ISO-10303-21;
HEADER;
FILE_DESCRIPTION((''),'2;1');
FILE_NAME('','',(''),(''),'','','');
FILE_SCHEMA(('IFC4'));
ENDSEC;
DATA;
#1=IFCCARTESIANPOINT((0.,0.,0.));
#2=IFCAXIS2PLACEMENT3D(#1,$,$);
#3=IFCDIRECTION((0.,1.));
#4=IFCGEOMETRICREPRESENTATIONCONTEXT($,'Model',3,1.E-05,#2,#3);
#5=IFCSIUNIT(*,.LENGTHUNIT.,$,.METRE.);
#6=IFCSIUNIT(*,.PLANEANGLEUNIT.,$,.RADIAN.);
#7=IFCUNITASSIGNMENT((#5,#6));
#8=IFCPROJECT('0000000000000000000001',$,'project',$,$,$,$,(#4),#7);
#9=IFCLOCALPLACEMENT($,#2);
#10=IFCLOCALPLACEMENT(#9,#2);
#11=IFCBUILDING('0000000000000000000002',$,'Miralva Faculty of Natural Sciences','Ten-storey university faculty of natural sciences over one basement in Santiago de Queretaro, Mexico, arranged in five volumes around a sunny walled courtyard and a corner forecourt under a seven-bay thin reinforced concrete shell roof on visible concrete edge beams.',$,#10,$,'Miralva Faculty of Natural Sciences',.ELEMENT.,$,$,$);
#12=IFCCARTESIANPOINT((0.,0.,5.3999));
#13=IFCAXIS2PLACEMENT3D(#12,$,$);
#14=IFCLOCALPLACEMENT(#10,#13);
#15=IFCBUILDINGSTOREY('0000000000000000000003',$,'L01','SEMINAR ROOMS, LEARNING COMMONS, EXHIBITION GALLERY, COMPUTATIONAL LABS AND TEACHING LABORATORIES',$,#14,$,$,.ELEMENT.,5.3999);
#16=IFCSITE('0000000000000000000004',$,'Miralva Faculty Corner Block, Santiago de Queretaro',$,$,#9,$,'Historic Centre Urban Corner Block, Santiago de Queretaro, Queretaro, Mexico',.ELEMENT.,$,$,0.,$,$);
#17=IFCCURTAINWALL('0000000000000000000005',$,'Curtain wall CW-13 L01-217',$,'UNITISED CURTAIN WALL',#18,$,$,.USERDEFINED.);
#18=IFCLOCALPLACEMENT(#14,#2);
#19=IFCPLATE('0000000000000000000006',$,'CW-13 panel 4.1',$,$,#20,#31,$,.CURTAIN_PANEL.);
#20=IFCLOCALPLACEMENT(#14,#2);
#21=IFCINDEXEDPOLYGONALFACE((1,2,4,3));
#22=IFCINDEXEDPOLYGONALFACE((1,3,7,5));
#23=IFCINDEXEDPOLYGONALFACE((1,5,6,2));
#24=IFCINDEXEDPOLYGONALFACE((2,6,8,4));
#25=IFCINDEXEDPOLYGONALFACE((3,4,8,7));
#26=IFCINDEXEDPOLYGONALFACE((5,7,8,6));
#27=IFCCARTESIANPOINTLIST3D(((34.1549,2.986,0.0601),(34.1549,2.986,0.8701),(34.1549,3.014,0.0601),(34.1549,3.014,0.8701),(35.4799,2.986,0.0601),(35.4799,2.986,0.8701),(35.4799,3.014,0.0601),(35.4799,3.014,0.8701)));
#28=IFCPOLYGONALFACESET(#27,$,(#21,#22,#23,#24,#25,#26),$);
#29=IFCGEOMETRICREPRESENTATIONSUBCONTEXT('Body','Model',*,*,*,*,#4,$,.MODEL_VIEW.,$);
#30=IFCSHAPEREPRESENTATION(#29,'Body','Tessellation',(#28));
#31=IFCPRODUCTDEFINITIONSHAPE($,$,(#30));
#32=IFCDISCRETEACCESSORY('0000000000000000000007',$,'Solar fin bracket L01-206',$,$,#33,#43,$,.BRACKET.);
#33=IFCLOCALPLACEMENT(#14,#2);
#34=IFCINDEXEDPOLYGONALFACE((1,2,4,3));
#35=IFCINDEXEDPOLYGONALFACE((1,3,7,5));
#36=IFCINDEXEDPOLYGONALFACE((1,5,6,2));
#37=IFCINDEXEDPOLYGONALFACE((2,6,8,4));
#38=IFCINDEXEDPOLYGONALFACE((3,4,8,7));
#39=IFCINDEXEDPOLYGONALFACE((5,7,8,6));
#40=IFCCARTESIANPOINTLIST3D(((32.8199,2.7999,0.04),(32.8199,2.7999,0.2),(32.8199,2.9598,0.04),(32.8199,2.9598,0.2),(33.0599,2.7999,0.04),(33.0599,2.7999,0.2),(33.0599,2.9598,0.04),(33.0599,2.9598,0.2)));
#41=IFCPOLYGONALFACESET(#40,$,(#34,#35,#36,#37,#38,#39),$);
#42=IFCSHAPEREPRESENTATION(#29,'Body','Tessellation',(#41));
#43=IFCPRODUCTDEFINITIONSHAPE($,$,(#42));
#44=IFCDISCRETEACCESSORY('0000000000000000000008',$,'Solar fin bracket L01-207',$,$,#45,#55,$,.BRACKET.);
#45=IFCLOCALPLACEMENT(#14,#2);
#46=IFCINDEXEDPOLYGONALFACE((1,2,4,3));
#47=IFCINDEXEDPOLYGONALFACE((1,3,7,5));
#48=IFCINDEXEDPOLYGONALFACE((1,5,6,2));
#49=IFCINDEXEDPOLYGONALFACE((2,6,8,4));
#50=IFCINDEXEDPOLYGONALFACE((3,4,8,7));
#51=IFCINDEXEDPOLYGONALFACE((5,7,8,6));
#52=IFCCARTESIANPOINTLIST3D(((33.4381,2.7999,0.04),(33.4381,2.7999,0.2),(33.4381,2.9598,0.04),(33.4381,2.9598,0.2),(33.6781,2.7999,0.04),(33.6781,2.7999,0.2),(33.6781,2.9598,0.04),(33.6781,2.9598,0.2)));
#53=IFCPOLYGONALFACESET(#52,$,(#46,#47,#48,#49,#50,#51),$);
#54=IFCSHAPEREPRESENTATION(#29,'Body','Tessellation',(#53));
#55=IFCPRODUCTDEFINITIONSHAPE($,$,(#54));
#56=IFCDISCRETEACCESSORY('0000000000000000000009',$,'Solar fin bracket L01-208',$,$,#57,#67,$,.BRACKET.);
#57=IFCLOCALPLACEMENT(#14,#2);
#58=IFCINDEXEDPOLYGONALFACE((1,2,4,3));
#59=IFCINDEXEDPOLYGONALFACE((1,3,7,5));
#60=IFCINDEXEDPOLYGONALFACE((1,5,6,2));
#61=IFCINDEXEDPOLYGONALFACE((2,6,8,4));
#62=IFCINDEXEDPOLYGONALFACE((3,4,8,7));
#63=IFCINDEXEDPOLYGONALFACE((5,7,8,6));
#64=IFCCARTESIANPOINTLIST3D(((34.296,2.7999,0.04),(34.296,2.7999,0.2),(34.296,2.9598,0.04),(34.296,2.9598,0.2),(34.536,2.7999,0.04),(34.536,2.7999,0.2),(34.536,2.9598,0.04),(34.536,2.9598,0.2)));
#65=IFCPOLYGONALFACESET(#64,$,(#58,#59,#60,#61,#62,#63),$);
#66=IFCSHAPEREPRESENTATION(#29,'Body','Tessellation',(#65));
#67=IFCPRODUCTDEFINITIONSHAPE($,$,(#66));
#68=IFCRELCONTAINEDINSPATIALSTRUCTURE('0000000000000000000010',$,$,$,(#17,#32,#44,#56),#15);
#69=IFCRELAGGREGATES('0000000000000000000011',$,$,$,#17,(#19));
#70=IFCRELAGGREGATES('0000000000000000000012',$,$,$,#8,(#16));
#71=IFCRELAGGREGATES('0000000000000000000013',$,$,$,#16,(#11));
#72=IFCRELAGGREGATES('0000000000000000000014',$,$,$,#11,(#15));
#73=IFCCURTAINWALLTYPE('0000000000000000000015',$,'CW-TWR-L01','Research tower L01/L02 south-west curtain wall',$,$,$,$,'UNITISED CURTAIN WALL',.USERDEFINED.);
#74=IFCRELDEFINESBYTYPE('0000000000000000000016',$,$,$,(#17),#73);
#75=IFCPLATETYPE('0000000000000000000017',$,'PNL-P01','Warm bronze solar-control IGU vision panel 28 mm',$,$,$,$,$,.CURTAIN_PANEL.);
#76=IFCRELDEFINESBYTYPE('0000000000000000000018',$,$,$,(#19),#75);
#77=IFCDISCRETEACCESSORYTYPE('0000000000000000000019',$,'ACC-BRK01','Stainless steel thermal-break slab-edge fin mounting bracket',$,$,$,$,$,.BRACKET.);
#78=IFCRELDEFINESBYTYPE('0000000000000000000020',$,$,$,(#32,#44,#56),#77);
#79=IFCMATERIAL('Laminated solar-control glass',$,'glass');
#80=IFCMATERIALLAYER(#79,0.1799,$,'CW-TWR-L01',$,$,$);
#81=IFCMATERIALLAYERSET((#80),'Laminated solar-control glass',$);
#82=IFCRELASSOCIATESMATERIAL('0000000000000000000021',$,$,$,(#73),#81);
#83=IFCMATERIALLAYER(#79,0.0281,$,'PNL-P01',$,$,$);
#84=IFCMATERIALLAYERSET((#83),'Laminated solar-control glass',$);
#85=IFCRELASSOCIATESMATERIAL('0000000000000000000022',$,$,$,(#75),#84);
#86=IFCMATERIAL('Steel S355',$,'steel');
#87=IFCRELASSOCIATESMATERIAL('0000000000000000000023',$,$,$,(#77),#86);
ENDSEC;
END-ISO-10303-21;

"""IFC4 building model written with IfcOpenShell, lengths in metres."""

from ifc_helpers import new_model, si_unit, direction, frame, origin, origin_2d, place, context, subcontext, project, spatial, rectangle, extrude, material, layer, layer_set, type_object, element, aggregate, save


model = new_model("IFC4")

# Units and contexts
model_context = context("Model", 3, precision=1e-05, world=origin(), true_north=direction((0.0, 1.0)))
body_context = subcontext(model_context, "Body", "Model", "MODEL_VIEW")
ifc_project = project(units=[si_unit("LENGTHUNIT", "METRE"), si_unit("PLANEANGLEUNIT", "RADIAN")], contexts=[model_context])

# Site, building, storey
site_placement = place(None, origin())
site = spatial("IfcSite", under=ifc_project, at=site_placement, Name="Miralva Faculty Corner Block, Santiago de Queretaro", LongName="Historic Centre Urban Corner Block, Santiago de Queretaro, Queretaro, Mexico", CompositionType="ELEMENT", RefElevation=0.0)
building_placement = place(site_placement, origin())
building = spatial("IfcBuilding", under=site, at=building_placement, Name="Miralva Faculty of Natural Sciences", Description="Ten-storey university faculty of natural sciences over one basement in Santiago de Queretaro, Mexico, arranged in five volumes around a sunny walled courtyard and a corner forecourt under a seven-bay thin reinforced concrete shell roof on visible concrete edge beams.", LongName="Miralva Faculty of Natural Sciences", CompositionType="ELEMENT")
storey_placement = place(building_placement, frame((0.0, 0.0, 5.3999)))
storey = spatial("IfcBuildingStorey", under=building, at=storey_placement, Name="L01", Description="SEMINAR ROOMS, LEARNING COMMONS, EXHIBITION GALLERY, COMPUTATIONAL LABS AND TEACHING LABORATORIES", CompositionType="ELEMENT", Elevation=5.3999)

# Curtain wall
ifc_material_1 = material(Name="Laminated solar-control glass", Category="glass")
ifc_layer_1 = layer(ifc_material_1, 0.1799, Name="CW-TWR-L01")
ifc_layer_set_1 = layer_set([ifc_layer_1], Name="Laminated solar-control glass")
curtain_wall_type = type_object("IfcCurtainWallType", Name="CW-TWR-L01", Description="Research tower L01/L02 south-west curtain wall", ElementType="UNITISED CURTAIN WALL", PredefinedType="USERDEFINED", material=ifc_layer_set_1)
curtain_wall_placement = place(storey_placement, origin())
curtain_wall = element("IfcCurtainWall", 1, at=curtain_wall_placement, inside=storey, type_object=curtain_wall_type, Name="Curtain wall CW-13 L01-217", ObjectType="UNITISED CURTAIN WALL", PredefinedType="USERDEFINED")

# Plate
ifc_layer_2 = layer(ifc_material_1, 0.0281, Name="PNL-P01")
ifc_layer_set_2 = layer_set([ifc_layer_2], Name="Laminated solar-control glass")
plate_type = type_object("IfcPlateType", Name="PNL-P01", Description="Warm bronze solar-control IGU vision panel 28 mm", PredefinedType="CURTAIN_PANEL", material=ifc_layer_set_2)
plate_1_placement = place(storey_placement, frame((34.8174, 3.0, 0.0601), z_axis=(0.0, 0.0, 1.0), x_axis=(1.0, 0.0, 0.0)))
plate_1 = element("IfcPlate", 2, at=plate_1_placement, type_object=plate_type, Name="CW-13 panel 4.1", PredefinedType="CURTAIN_PANEL", context=body_context, shape_type="SweptSolid", body=[
    extrude(rectangle(XDim=1.325, YDim=0.0281, at=origin_2d()), origin(), (0.0, 0.0, 1.0), 0.8101),
])
aggregate(curtain_wall, [plate_1])

# Discrete accessories
ifc_material_2 = material(Name="Steel S355", Category="steel")
discrete_accessory_type = type_object("IfcDiscreteAccessoryType", Name="ACC-BRK01", Description="Stainless steel thermal-break slab-edge fin mounting bracket", PredefinedType="BRACKET", material=ifc_material_2)
for number, where, z_axis, x_axis, name in (
    (3, (32.9399, 2.8799, 0.04), (0.0, 0.0, 1.0), (0.0, -1.0, 0.0), "Solar fin bracket L01-206"),
    (4, (33.5581, 2.8799, 0.04), (0.0, 0.0, 1.0), (0.0, -1.0, 0.0), "Solar fin bracket L01-207"),
    (5, (34.416, 2.8799, 0.04), (0.0, 0.0, 1.0), (0.0, -1.0, 0.0), "Solar fin bracket L01-208"),
):
    element("IfcDiscreteAccessory", number, at=place(storey_placement, frame(where, z_axis=z_axis, x_axis=x_axis)), inside=storey, type_object=discrete_accessory_type, Name=name, PredefinedType="BRACKET", context=body_context, shape_type="SweptSolid", body=[
        extrude(rectangle(XDim=0.1599, YDim=0.24, at=origin_2d()), origin(), (0.0, 0.0, 1.0), 0.1599),
    ])

save(model, "model.ifc")
